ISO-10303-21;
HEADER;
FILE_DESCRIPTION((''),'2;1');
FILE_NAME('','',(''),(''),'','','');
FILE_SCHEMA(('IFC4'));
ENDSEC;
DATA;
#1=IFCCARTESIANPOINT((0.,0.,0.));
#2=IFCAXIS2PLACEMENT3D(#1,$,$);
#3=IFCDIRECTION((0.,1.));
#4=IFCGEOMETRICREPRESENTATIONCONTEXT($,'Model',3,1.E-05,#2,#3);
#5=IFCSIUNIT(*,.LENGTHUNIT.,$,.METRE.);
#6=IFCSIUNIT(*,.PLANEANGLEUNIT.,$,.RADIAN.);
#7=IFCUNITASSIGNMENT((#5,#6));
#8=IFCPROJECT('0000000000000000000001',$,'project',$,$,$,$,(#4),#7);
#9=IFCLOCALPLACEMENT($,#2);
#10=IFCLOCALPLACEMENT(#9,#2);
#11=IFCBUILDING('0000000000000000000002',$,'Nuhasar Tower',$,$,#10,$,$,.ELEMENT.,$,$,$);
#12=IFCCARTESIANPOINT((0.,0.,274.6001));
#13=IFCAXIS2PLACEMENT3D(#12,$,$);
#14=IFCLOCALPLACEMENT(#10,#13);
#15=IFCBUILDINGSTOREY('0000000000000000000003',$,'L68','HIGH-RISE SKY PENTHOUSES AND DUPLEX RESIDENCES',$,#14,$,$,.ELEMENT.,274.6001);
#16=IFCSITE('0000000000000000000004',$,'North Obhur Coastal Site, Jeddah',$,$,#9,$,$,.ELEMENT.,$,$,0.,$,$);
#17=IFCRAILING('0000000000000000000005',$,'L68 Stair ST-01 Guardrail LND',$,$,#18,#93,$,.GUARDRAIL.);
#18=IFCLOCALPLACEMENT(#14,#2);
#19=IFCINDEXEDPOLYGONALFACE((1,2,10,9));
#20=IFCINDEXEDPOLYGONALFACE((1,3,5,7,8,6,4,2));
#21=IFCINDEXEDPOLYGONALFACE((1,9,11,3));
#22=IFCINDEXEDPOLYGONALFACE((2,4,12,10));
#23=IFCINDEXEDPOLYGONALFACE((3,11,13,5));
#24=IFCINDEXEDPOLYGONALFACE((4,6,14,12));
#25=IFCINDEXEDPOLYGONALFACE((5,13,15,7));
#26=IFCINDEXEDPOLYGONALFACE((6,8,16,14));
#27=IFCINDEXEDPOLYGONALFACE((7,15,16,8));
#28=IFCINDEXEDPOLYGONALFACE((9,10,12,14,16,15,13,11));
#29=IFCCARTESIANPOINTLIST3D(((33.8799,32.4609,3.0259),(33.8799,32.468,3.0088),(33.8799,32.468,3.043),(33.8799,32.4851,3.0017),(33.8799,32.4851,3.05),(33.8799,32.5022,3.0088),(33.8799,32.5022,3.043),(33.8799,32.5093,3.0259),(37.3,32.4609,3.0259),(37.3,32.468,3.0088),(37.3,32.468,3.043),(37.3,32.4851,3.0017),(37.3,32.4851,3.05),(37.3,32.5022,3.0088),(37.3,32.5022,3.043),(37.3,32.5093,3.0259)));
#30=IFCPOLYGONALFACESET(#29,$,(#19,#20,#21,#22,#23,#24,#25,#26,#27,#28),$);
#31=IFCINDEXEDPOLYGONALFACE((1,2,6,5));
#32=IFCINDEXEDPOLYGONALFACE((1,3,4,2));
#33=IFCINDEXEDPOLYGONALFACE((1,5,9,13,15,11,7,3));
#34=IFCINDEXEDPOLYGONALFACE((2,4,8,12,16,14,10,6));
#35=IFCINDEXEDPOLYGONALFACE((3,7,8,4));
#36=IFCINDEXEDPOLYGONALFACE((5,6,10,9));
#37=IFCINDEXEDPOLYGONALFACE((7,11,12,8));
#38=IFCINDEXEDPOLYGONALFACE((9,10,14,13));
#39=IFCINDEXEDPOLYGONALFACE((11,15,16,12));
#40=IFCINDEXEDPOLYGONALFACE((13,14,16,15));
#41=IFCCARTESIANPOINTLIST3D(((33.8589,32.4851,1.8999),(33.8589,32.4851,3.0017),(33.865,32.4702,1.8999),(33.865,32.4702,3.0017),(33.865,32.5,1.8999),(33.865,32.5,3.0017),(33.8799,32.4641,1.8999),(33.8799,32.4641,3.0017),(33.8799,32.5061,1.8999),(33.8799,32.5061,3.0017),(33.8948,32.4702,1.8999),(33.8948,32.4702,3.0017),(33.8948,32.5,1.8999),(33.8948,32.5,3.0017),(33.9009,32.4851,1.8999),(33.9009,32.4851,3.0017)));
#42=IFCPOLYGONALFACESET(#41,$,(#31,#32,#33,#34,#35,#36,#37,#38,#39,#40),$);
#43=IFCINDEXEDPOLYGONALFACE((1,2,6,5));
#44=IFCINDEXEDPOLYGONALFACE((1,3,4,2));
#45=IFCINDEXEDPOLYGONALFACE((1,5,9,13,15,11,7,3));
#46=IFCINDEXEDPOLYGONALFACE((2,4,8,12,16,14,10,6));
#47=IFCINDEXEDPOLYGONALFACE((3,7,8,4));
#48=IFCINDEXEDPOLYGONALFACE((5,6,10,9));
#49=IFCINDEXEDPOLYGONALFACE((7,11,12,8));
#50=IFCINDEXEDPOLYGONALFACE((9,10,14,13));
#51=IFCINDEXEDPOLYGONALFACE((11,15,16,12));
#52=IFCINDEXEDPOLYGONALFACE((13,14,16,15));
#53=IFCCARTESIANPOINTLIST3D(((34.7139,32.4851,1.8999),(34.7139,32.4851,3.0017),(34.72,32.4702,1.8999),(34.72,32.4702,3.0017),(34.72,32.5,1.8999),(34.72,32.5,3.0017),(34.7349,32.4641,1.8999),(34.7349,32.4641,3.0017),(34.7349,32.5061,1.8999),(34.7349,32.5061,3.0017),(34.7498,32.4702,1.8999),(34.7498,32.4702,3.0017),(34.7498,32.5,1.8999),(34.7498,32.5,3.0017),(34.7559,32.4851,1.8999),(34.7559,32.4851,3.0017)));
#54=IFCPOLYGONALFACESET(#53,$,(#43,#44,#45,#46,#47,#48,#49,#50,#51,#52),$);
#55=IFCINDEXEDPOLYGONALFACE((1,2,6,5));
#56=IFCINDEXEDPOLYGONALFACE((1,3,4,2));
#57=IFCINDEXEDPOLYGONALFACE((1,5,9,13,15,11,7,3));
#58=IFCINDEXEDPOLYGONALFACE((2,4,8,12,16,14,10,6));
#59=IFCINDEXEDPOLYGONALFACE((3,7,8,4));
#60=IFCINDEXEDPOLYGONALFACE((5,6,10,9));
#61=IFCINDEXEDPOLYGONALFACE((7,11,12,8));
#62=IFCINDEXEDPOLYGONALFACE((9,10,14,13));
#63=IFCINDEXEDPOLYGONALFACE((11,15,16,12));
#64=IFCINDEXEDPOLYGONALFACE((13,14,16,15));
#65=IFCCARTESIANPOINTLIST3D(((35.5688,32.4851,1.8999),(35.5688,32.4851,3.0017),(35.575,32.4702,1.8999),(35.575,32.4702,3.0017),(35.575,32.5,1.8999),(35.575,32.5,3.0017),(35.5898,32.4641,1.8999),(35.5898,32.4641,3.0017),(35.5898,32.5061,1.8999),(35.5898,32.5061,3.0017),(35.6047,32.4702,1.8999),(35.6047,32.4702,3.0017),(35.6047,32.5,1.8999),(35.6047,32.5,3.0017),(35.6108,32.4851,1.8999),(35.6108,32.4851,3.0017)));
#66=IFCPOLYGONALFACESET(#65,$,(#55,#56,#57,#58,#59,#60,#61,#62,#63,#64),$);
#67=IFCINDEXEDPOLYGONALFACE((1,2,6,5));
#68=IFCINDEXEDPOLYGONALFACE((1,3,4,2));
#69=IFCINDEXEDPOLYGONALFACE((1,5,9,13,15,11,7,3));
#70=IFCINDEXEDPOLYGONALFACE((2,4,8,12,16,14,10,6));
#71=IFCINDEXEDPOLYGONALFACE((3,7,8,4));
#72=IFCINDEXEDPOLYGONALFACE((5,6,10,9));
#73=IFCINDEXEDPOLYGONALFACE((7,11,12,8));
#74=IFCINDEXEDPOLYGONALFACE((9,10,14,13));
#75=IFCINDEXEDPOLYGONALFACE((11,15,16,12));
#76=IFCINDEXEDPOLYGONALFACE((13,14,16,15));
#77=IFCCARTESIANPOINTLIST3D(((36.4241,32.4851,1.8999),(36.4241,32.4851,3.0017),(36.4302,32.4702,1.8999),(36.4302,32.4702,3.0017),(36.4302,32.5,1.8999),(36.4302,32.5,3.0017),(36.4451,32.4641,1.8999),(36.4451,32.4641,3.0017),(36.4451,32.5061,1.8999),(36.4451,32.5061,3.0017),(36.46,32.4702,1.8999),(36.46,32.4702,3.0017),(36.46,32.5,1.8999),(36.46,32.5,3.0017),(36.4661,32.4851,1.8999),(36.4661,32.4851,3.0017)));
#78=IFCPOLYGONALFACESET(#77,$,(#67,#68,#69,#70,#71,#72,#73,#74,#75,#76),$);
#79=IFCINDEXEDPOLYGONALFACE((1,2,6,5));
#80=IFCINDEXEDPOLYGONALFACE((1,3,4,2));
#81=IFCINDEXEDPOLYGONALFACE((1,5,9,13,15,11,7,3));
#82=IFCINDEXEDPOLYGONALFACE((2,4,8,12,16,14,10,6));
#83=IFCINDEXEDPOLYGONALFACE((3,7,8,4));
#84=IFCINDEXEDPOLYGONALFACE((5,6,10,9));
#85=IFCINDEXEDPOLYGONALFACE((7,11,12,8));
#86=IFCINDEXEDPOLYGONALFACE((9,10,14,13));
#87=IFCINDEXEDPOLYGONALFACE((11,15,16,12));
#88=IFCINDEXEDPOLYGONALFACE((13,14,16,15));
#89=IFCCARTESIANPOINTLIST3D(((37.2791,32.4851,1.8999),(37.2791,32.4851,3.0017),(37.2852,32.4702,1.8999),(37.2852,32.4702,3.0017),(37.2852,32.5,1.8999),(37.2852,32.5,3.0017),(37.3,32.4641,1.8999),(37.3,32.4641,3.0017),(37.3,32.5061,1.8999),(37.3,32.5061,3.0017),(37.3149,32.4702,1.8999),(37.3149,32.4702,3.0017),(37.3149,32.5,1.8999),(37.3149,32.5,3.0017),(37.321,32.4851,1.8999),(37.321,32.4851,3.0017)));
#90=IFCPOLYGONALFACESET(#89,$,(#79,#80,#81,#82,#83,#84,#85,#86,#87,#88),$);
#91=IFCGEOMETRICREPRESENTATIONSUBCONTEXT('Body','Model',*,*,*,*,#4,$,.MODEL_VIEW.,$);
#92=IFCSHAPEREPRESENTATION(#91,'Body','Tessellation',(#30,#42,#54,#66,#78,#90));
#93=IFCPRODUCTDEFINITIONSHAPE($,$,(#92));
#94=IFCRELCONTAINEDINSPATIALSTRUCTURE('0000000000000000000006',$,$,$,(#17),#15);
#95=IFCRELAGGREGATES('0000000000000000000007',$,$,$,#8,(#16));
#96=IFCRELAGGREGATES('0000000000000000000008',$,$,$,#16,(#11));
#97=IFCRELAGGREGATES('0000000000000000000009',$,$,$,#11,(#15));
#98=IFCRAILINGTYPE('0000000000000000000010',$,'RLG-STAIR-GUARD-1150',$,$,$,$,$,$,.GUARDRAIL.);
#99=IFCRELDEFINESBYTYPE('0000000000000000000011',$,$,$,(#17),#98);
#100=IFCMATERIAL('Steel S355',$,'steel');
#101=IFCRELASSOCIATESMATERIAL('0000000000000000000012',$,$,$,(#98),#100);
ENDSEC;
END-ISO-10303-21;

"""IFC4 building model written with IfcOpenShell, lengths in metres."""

from ifc_helpers import new_model, si_unit, direction, frame, origin, place, context, subcontext, project, spatial, polyline, outline, extrude, material, type_object, element, save


model = new_model("IFC4")

# Units and contexts
model_context = context("Model", 3, precision=1e-05, world=origin(), true_north=direction((0.0, 1.0)))
body_context = subcontext(model_context, "Body", "Model", "MODEL_VIEW")
ifc_project = project(units=[si_unit("LENGTHUNIT", "METRE"), si_unit("PLANEANGLEUNIT", "RADIAN")], contexts=[model_context])

# Site, building, storey
site_placement = place(None, origin())
site = spatial("IfcSite", under=ifc_project, at=site_placement, Name="North Obhur Coastal Site, Jeddah", CompositionType="ELEMENT", RefElevation=0.0)
building_placement = place(site_placement, origin())
building = spatial("IfcBuilding", under=site, at=building_placement, Name="Nuhasar Tower", CompositionType="ELEMENT")
storey_placement = place(building_placement, frame((0.0, 0.0, 274.6001)))
storey = spatial("IfcBuildingStorey", under=building, at=storey_placement, Name="L68", Description="HIGH-RISE SKY PENTHOUSES AND DUPLEX RESIDENCES", CompositionType="ELEMENT", Elevation=274.6001)

# Shared definitions
ifc_material_1 = material(Name="Steel S355", Category="steel")

# Railing
railing_type_1 = type_object("IfcRailingType", Name="RLG-STAIR-GUARD-1150", PredefinedType="GUARDRAIL", material=ifc_material_1)
railing_1_placement = place(storey_placement, frame((33.8799, 32.4851, 1.8999)))
element("IfcRailing", 1, at=railing_1_placement, inside=storey, type_object=railing_type_1, Name="L68 Stair ST-01 Guardrail LND", PredefinedType="GUARDRAIL", context=body_context, shape_type="SweptSolid", body=[
    extrude(outline(polyline([(0.0242, 0.0), (0.0171, 0.0171), (0.0, 0.0242), (-0.0171, 0.0171), (-0.0242, 0.0), (-0.0171, -0.0171), (0.0, -0.0242), (0.0171, -0.0171), (0.0242, 0.0)])), frame((0.0, 0.0, 1.126), z_axis=(1.0, 0.0, 0.0), x_axis=(0.0, 1.0, 0.0)), (0.0, 0.0, 1.0), 3.4202),
    extrude(outline(polyline([(0.021, 0.0), (0.0149, 0.0149), (0.0, 0.021), (-0.0149, 0.0149), (-0.021, 0.0), (-0.0149, -0.0149), (0.0, -0.021), (0.0149, -0.0149), (0.021, 0.0)])), origin(), (0.0, 0.0, 1.0), 1.1018),
    extrude(outline(polyline([(0.021, 0.0), (0.0149, 0.0149), (0.0, 0.021), (-0.0149, 0.0149), (-0.021, 0.0), (-0.0149, -0.0149), (0.0, -0.021), (0.0149, -0.0149), (0.021, 0.0)])), frame((0.855, 0.0, 0.0)), (0.0, 0.0, 1.0), 1.1018),
    extrude(outline(polyline([(0.021, 0.0), (0.0149, 0.0149), (0.0, 0.021), (-0.0149, 0.0149), (-0.021, 0.0), (-0.0149, -0.0149), (0.0, -0.021), (0.0149, -0.0149), (0.021, 0.0)])), frame((1.71, 0.0, 0.0)), (0.0, 0.0, 1.0), 1.1018),
    extrude(outline(polyline([(0.021, 0.0), (0.0149, 0.0149), (0.0, 0.021), (-0.0149, 0.0149), (-0.021, 0.0), (-0.0149, -0.0149), (0.0, -0.021), (0.0149, -0.0149), (0.021, 0.0)])), frame((2.5652, 0.0, 0.0)), (0.0, 0.0, 1.0), 1.1018),
    extrude(outline(polyline([(0.021, 0.0), (0.0149, 0.0149), (0.0, 0.021), (-0.0149, 0.0149), (-0.021, 0.0), (-0.0149, -0.0149), (0.0, -0.021), (0.0149, -0.0149), (0.021, 0.0)])), frame((3.4202, 0.0, 0.0)), (0.0, 0.0, 1.0), 1.1018),
])

save(model, "model.ifc")
